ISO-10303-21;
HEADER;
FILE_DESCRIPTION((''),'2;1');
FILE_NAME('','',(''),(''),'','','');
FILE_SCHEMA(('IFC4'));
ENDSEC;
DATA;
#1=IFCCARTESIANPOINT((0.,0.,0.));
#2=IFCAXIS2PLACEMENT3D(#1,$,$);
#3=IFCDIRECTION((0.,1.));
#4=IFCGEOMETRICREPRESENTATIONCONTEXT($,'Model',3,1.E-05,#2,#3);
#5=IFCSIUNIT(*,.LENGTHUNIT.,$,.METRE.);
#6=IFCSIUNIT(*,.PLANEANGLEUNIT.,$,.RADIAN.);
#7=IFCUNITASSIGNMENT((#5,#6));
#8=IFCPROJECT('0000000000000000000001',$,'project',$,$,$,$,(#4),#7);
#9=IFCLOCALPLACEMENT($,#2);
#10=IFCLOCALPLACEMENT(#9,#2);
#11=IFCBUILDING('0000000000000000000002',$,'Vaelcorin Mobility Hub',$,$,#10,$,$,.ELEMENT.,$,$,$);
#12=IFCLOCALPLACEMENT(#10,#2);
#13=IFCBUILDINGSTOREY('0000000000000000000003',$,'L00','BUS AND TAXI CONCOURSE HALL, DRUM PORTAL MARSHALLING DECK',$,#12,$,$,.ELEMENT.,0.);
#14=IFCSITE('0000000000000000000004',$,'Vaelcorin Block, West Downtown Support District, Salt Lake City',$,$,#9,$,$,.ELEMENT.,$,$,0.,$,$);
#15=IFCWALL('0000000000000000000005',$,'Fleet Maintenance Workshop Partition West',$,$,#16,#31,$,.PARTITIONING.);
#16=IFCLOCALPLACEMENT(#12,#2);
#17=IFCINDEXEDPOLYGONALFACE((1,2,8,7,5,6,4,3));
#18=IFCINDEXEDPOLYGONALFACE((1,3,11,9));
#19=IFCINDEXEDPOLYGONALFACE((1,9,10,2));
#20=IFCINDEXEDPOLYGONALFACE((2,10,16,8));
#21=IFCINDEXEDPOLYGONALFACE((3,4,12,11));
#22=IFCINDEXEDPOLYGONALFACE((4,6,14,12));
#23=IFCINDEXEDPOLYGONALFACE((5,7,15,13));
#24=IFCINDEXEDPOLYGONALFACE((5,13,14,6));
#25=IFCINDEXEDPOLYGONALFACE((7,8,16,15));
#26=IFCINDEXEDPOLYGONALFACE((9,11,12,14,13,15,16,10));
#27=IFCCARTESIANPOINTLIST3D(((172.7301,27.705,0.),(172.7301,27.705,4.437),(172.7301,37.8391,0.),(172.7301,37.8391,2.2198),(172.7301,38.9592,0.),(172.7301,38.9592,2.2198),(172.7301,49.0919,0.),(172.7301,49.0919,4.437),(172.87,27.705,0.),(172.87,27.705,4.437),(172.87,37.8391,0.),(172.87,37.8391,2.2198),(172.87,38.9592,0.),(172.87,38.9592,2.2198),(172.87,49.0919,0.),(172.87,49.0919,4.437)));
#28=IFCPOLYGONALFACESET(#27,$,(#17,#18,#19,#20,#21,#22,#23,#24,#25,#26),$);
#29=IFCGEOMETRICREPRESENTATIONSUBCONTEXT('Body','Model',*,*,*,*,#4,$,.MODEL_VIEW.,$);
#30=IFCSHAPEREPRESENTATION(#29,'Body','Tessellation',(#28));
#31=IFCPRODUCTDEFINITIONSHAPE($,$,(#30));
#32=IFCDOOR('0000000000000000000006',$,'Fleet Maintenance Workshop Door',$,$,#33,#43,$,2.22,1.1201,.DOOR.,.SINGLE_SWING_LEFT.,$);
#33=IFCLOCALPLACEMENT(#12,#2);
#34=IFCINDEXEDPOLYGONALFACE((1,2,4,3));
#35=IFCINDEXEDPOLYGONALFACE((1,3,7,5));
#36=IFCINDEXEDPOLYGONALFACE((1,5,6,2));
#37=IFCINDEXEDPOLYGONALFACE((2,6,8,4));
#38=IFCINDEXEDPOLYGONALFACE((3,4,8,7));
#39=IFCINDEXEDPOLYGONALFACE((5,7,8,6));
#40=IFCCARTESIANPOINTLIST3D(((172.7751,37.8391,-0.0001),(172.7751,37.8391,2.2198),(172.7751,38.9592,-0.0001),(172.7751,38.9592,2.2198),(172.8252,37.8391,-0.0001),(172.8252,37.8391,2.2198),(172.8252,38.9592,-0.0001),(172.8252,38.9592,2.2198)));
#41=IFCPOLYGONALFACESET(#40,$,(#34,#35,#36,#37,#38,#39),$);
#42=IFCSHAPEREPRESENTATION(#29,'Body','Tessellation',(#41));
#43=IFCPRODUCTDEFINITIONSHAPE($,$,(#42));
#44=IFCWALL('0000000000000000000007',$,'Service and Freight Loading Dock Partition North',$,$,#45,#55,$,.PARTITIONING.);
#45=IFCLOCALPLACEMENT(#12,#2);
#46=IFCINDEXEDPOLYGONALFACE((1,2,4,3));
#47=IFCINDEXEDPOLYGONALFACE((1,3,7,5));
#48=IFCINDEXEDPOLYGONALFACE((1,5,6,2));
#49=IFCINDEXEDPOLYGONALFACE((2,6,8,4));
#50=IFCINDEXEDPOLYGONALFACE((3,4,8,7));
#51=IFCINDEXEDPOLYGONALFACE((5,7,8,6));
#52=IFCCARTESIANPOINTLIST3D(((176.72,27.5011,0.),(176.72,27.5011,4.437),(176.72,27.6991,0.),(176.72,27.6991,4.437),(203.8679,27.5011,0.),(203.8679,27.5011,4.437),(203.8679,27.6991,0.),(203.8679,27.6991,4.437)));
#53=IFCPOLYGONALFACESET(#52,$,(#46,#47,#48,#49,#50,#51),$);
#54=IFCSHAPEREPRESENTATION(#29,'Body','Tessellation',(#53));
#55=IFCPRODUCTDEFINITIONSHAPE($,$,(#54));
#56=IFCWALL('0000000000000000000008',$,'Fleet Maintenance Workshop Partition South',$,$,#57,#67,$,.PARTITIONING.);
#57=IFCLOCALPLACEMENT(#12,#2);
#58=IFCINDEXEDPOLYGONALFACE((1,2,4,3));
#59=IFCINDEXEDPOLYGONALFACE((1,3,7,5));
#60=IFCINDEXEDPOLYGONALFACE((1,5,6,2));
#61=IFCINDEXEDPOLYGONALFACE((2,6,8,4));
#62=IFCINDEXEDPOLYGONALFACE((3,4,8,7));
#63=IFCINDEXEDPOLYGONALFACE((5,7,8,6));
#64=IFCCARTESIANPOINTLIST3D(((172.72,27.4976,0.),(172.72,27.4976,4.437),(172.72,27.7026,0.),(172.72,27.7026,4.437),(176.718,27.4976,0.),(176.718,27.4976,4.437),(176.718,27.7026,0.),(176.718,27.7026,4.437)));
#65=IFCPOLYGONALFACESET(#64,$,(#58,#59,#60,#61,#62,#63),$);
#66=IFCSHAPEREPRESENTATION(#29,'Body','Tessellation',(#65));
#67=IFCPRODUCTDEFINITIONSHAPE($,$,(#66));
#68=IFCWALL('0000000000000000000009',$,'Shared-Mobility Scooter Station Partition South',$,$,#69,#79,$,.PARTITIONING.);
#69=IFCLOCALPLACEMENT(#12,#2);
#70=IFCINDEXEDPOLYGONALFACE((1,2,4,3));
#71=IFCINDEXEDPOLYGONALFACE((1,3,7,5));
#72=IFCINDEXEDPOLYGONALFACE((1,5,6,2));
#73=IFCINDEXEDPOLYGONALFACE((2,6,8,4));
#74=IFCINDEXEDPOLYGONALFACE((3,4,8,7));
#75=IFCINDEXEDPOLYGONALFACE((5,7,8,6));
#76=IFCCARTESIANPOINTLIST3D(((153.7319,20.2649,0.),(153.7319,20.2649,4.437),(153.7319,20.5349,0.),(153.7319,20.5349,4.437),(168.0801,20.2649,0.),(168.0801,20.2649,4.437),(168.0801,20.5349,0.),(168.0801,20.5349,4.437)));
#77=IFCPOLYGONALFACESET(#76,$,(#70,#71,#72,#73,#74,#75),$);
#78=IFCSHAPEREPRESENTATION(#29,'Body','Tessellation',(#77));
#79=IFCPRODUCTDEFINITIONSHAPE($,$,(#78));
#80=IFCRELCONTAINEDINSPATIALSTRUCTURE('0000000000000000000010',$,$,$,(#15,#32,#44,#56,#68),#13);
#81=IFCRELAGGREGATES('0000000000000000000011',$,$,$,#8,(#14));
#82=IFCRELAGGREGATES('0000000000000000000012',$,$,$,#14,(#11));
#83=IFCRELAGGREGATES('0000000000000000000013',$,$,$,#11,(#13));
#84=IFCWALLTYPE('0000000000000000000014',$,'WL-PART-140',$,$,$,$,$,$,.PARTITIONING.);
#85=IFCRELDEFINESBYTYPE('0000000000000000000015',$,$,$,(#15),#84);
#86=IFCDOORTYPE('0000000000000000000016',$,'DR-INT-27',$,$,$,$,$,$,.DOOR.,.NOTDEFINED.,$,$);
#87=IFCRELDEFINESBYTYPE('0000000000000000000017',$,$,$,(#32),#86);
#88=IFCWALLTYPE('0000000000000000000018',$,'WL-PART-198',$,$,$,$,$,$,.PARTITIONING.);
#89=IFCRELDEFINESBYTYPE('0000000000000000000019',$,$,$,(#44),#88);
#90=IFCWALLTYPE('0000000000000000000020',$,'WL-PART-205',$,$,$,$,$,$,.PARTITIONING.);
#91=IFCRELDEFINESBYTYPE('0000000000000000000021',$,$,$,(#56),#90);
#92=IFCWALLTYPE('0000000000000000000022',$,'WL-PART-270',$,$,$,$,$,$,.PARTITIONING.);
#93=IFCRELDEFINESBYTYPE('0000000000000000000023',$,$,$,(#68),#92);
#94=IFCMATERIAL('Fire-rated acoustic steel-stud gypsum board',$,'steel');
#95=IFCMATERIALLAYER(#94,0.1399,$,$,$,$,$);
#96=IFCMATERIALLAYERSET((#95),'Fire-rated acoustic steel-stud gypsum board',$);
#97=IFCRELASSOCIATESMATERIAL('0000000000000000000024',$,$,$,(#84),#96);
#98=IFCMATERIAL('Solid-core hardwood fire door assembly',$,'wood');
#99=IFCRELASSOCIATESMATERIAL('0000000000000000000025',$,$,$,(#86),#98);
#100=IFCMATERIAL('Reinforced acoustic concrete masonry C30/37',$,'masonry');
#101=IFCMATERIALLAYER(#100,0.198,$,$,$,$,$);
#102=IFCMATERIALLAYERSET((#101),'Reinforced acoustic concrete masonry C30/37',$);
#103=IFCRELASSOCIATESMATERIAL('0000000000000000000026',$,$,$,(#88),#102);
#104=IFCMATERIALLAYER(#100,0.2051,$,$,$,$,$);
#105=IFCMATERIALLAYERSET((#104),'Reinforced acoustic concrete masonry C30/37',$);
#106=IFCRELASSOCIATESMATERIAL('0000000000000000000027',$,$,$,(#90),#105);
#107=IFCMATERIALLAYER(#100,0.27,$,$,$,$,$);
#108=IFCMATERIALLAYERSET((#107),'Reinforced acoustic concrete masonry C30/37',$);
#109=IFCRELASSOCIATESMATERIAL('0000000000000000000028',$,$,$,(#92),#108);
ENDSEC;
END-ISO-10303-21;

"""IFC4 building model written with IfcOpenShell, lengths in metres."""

from ifc_helpers import new_model, si_unit, direction, frame, frame_2d, origin, place, context, subcontext, project, spatial, rectangle, extrude, material, layer, layer_set, type_object, element, fill, save


model = new_model("IFC4")

# Units and contexts
model_context = context("Model", 3, precision=1e-05, world=origin(), true_north=direction((0.0, 1.0)))
body_context = subcontext(model_context, "Body", "Model", "MODEL_VIEW")
ifc_project = project(units=[si_unit("LENGTHUNIT", "METRE"), si_unit("PLANEANGLEUNIT", "RADIAN")], contexts=[model_context])

# Site, building, storey
site_placement = place(None, origin())
site = spatial("IfcSite", under=ifc_project, at=site_placement, Name="Vaelcorin Block, West Downtown Support District, Salt Lake City", CompositionType="ELEMENT", RefElevation=0.0)
building_placement = place(site_placement, origin())
building = spatial("IfcBuilding", under=site, at=building_placement, Name="Vaelcorin Mobility Hub", CompositionType="ELEMENT")
storey_placement = place(building_placement, origin())
storey = spatial("IfcBuildingStorey", under=building, at=storey_placement, Name="L00", Description="BUS AND TAXI CONCOURSE HALL, DRUM PORTAL MARSHALLING DECK", CompositionType="ELEMENT", Elevation=0.0)

# Wall, opening, door
ifc_material_1 = material(Name="Fire-rated acoustic steel-stud gypsum board", Category="steel")
ifc_layer_1 = layer(ifc_material_1, 0.1399)
ifc_layer_set_1 = layer_set([ifc_layer_1], Name="Fire-rated acoustic steel-stud gypsum board")
wall_type_1 = type_object("IfcWallType", Name="WL-PART-140", PredefinedType="PARTITIONING", material=ifc_layer_set_1)
wall_1_placement = place(storey_placement, frame((172.8, 27.7051, 0.0), z_axis=(0.0, 0.0, 1.0), x_axis=(0.0, 1.0, 0.0)))
wall_1 = element("IfcWall", 1, at=wall_1_placement, inside=storey, type_object=wall_type_1, Name="Fleet Maintenance Workshop Partition West", PredefinedType="PARTITIONING", context=body_context, shape_type="SweptSolid", body=[
    extrude(rectangle(XDim=21.387, YDim=0.1399, at=frame_2d((10.6934, 0.0))), origin(), (0.0, 0.0, 1.0), 4.437),
])
opening_placement = place(wall_1_placement, frame((10.134, 0.0, 0.0)))
opening = element("IfcOpeningElement", 2, at=opening_placement, cuts=wall_1, PredefinedType="OPENING", context=body_context, shape_type="SweptSolid", body=[
    extrude(rectangle(XDim=1.1201, YDim=2.22, at=frame_2d((0.5601, 1.1099))), frame((0.0, 0.0798, 0.0), z_axis=(0.0, -1.0, 0.0), x_axis=(1.0, 0.0, 0.0)), (0.0, 0.0, 1.0), 0.1599),
])
ifc_material_2 = material(Name="Solid-core hardwood fire door assembly", Category="wood")
door_type = type_object("IfcDoorType", Name="DR-INT-27", OperationType="NOTDEFINED", PredefinedType="DOOR", material=ifc_material_2)
door_placement = place(opening_placement, origin())
door = element("IfcDoor", 3, at=door_placement, inside=storey, type_object=door_type, Name="Fleet Maintenance Workshop Door", OperationType="SINGLE_SWING_LEFT", OverallHeight=2.22, OverallWidth=1.1201, PredefinedType="DOOR", context=body_context, shape_type="SweptSolid", body=[
    extrude(rectangle(XDim=1.1201, YDim=2.22, at=frame_2d((0.5601, 1.1099))), frame((0.0, 0.0249, 0.0), z_axis=(0.0, -1.0, 0.0), x_axis=(1.0, 0.0, 0.0)), (0.0, 0.0, 1.0), 0.05),
])
fill(opening, door)

# Walls
ifc_material_3 = material(Name="Reinforced acoustic concrete masonry C30/37", Category="masonry")
ifc_layer_2 = layer(ifc_material_3, 0.198)
ifc_layer_set_2 = layer_set([ifc_layer_2], Name="Reinforced acoustic concrete masonry C30/37")
wall_type_2 = type_object("IfcWallType", Name="WL-PART-198", PredefinedType="PARTITIONING", material=ifc_layer_set_2)
wall_2_placement = place(storey_placement, frame((176.72, 27.6001, 0.0), z_axis=(0.0, 0.0, 1.0), x_axis=(1.0, 0.0, 0.0)))
element("IfcWall", 4, at=wall_2_placement, inside=storey, type_object=wall_type_2, Name="Service and Freight Loading Dock Partition North", PredefinedType="PARTITIONING", context=body_context, shape_type="SweptSolid", body=[
    extrude(rectangle(XDim=27.1479, YDim=0.198, at=frame_2d((13.574, 0.0))), origin(), (0.0, 0.0, 1.0), 4.437),
])
ifc_layer_3 = layer(ifc_material_3, 0.2051)
ifc_layer_set_3 = layer_set([ifc_layer_3], Name="Reinforced acoustic concrete masonry C30/37")
wall_type_3 = type_object("IfcWallType", Name="WL-PART-205", PredefinedType="PARTITIONING", material=ifc_layer_set_3)
wall_3_placement = place(storey_placement, frame((176.718, 27.6001, 0.0), z_axis=(0.0, 0.0, 1.0), x_axis=(-1.0, 0.0, 0.0)))
element("IfcWall", 5, at=wall_3_placement, inside=storey, type_object=wall_type_3, Name="Fleet Maintenance Workshop Partition South", PredefinedType="PARTITIONING", context=body_context, shape_type="SweptSolid", body=[
    extrude(rectangle(XDim=3.998, YDim=0.2051, at=frame_2d((1.999, 0.0))), origin(), (0.0, 0.0, 1.0), 4.437),
])
ifc_layer_4 = layer(ifc_material_3, 0.27)
ifc_layer_set_4 = layer_set([ifc_layer_4], Name="Reinforced acoustic concrete masonry C30/37")
wall_type_4 = type_object("IfcWallType", Name="WL-PART-270", PredefinedType="PARTITIONING", material=ifc_layer_set_4)
wall_4_placement = place(storey_placement, frame((168.0801, 20.3999, 0.0), z_axis=(0.0, 0.0, 1.0), x_axis=(-1.0, 0.0, 0.0)))
element("IfcWall", 6, at=wall_4_placement, inside=storey, type_object=wall_type_4, Name="Shared-Mobility Scooter Station Partition South", PredefinedType="PARTITIONING", context=body_context, shape_type="SweptSolid", body=[
    extrude(rectangle(XDim=14.3481, YDim=0.27, at=frame_2d((7.1741, 0.0))), origin(), (0.0, 0.0, 1.0), 4.437),
])

save(model, "model.ifc")
